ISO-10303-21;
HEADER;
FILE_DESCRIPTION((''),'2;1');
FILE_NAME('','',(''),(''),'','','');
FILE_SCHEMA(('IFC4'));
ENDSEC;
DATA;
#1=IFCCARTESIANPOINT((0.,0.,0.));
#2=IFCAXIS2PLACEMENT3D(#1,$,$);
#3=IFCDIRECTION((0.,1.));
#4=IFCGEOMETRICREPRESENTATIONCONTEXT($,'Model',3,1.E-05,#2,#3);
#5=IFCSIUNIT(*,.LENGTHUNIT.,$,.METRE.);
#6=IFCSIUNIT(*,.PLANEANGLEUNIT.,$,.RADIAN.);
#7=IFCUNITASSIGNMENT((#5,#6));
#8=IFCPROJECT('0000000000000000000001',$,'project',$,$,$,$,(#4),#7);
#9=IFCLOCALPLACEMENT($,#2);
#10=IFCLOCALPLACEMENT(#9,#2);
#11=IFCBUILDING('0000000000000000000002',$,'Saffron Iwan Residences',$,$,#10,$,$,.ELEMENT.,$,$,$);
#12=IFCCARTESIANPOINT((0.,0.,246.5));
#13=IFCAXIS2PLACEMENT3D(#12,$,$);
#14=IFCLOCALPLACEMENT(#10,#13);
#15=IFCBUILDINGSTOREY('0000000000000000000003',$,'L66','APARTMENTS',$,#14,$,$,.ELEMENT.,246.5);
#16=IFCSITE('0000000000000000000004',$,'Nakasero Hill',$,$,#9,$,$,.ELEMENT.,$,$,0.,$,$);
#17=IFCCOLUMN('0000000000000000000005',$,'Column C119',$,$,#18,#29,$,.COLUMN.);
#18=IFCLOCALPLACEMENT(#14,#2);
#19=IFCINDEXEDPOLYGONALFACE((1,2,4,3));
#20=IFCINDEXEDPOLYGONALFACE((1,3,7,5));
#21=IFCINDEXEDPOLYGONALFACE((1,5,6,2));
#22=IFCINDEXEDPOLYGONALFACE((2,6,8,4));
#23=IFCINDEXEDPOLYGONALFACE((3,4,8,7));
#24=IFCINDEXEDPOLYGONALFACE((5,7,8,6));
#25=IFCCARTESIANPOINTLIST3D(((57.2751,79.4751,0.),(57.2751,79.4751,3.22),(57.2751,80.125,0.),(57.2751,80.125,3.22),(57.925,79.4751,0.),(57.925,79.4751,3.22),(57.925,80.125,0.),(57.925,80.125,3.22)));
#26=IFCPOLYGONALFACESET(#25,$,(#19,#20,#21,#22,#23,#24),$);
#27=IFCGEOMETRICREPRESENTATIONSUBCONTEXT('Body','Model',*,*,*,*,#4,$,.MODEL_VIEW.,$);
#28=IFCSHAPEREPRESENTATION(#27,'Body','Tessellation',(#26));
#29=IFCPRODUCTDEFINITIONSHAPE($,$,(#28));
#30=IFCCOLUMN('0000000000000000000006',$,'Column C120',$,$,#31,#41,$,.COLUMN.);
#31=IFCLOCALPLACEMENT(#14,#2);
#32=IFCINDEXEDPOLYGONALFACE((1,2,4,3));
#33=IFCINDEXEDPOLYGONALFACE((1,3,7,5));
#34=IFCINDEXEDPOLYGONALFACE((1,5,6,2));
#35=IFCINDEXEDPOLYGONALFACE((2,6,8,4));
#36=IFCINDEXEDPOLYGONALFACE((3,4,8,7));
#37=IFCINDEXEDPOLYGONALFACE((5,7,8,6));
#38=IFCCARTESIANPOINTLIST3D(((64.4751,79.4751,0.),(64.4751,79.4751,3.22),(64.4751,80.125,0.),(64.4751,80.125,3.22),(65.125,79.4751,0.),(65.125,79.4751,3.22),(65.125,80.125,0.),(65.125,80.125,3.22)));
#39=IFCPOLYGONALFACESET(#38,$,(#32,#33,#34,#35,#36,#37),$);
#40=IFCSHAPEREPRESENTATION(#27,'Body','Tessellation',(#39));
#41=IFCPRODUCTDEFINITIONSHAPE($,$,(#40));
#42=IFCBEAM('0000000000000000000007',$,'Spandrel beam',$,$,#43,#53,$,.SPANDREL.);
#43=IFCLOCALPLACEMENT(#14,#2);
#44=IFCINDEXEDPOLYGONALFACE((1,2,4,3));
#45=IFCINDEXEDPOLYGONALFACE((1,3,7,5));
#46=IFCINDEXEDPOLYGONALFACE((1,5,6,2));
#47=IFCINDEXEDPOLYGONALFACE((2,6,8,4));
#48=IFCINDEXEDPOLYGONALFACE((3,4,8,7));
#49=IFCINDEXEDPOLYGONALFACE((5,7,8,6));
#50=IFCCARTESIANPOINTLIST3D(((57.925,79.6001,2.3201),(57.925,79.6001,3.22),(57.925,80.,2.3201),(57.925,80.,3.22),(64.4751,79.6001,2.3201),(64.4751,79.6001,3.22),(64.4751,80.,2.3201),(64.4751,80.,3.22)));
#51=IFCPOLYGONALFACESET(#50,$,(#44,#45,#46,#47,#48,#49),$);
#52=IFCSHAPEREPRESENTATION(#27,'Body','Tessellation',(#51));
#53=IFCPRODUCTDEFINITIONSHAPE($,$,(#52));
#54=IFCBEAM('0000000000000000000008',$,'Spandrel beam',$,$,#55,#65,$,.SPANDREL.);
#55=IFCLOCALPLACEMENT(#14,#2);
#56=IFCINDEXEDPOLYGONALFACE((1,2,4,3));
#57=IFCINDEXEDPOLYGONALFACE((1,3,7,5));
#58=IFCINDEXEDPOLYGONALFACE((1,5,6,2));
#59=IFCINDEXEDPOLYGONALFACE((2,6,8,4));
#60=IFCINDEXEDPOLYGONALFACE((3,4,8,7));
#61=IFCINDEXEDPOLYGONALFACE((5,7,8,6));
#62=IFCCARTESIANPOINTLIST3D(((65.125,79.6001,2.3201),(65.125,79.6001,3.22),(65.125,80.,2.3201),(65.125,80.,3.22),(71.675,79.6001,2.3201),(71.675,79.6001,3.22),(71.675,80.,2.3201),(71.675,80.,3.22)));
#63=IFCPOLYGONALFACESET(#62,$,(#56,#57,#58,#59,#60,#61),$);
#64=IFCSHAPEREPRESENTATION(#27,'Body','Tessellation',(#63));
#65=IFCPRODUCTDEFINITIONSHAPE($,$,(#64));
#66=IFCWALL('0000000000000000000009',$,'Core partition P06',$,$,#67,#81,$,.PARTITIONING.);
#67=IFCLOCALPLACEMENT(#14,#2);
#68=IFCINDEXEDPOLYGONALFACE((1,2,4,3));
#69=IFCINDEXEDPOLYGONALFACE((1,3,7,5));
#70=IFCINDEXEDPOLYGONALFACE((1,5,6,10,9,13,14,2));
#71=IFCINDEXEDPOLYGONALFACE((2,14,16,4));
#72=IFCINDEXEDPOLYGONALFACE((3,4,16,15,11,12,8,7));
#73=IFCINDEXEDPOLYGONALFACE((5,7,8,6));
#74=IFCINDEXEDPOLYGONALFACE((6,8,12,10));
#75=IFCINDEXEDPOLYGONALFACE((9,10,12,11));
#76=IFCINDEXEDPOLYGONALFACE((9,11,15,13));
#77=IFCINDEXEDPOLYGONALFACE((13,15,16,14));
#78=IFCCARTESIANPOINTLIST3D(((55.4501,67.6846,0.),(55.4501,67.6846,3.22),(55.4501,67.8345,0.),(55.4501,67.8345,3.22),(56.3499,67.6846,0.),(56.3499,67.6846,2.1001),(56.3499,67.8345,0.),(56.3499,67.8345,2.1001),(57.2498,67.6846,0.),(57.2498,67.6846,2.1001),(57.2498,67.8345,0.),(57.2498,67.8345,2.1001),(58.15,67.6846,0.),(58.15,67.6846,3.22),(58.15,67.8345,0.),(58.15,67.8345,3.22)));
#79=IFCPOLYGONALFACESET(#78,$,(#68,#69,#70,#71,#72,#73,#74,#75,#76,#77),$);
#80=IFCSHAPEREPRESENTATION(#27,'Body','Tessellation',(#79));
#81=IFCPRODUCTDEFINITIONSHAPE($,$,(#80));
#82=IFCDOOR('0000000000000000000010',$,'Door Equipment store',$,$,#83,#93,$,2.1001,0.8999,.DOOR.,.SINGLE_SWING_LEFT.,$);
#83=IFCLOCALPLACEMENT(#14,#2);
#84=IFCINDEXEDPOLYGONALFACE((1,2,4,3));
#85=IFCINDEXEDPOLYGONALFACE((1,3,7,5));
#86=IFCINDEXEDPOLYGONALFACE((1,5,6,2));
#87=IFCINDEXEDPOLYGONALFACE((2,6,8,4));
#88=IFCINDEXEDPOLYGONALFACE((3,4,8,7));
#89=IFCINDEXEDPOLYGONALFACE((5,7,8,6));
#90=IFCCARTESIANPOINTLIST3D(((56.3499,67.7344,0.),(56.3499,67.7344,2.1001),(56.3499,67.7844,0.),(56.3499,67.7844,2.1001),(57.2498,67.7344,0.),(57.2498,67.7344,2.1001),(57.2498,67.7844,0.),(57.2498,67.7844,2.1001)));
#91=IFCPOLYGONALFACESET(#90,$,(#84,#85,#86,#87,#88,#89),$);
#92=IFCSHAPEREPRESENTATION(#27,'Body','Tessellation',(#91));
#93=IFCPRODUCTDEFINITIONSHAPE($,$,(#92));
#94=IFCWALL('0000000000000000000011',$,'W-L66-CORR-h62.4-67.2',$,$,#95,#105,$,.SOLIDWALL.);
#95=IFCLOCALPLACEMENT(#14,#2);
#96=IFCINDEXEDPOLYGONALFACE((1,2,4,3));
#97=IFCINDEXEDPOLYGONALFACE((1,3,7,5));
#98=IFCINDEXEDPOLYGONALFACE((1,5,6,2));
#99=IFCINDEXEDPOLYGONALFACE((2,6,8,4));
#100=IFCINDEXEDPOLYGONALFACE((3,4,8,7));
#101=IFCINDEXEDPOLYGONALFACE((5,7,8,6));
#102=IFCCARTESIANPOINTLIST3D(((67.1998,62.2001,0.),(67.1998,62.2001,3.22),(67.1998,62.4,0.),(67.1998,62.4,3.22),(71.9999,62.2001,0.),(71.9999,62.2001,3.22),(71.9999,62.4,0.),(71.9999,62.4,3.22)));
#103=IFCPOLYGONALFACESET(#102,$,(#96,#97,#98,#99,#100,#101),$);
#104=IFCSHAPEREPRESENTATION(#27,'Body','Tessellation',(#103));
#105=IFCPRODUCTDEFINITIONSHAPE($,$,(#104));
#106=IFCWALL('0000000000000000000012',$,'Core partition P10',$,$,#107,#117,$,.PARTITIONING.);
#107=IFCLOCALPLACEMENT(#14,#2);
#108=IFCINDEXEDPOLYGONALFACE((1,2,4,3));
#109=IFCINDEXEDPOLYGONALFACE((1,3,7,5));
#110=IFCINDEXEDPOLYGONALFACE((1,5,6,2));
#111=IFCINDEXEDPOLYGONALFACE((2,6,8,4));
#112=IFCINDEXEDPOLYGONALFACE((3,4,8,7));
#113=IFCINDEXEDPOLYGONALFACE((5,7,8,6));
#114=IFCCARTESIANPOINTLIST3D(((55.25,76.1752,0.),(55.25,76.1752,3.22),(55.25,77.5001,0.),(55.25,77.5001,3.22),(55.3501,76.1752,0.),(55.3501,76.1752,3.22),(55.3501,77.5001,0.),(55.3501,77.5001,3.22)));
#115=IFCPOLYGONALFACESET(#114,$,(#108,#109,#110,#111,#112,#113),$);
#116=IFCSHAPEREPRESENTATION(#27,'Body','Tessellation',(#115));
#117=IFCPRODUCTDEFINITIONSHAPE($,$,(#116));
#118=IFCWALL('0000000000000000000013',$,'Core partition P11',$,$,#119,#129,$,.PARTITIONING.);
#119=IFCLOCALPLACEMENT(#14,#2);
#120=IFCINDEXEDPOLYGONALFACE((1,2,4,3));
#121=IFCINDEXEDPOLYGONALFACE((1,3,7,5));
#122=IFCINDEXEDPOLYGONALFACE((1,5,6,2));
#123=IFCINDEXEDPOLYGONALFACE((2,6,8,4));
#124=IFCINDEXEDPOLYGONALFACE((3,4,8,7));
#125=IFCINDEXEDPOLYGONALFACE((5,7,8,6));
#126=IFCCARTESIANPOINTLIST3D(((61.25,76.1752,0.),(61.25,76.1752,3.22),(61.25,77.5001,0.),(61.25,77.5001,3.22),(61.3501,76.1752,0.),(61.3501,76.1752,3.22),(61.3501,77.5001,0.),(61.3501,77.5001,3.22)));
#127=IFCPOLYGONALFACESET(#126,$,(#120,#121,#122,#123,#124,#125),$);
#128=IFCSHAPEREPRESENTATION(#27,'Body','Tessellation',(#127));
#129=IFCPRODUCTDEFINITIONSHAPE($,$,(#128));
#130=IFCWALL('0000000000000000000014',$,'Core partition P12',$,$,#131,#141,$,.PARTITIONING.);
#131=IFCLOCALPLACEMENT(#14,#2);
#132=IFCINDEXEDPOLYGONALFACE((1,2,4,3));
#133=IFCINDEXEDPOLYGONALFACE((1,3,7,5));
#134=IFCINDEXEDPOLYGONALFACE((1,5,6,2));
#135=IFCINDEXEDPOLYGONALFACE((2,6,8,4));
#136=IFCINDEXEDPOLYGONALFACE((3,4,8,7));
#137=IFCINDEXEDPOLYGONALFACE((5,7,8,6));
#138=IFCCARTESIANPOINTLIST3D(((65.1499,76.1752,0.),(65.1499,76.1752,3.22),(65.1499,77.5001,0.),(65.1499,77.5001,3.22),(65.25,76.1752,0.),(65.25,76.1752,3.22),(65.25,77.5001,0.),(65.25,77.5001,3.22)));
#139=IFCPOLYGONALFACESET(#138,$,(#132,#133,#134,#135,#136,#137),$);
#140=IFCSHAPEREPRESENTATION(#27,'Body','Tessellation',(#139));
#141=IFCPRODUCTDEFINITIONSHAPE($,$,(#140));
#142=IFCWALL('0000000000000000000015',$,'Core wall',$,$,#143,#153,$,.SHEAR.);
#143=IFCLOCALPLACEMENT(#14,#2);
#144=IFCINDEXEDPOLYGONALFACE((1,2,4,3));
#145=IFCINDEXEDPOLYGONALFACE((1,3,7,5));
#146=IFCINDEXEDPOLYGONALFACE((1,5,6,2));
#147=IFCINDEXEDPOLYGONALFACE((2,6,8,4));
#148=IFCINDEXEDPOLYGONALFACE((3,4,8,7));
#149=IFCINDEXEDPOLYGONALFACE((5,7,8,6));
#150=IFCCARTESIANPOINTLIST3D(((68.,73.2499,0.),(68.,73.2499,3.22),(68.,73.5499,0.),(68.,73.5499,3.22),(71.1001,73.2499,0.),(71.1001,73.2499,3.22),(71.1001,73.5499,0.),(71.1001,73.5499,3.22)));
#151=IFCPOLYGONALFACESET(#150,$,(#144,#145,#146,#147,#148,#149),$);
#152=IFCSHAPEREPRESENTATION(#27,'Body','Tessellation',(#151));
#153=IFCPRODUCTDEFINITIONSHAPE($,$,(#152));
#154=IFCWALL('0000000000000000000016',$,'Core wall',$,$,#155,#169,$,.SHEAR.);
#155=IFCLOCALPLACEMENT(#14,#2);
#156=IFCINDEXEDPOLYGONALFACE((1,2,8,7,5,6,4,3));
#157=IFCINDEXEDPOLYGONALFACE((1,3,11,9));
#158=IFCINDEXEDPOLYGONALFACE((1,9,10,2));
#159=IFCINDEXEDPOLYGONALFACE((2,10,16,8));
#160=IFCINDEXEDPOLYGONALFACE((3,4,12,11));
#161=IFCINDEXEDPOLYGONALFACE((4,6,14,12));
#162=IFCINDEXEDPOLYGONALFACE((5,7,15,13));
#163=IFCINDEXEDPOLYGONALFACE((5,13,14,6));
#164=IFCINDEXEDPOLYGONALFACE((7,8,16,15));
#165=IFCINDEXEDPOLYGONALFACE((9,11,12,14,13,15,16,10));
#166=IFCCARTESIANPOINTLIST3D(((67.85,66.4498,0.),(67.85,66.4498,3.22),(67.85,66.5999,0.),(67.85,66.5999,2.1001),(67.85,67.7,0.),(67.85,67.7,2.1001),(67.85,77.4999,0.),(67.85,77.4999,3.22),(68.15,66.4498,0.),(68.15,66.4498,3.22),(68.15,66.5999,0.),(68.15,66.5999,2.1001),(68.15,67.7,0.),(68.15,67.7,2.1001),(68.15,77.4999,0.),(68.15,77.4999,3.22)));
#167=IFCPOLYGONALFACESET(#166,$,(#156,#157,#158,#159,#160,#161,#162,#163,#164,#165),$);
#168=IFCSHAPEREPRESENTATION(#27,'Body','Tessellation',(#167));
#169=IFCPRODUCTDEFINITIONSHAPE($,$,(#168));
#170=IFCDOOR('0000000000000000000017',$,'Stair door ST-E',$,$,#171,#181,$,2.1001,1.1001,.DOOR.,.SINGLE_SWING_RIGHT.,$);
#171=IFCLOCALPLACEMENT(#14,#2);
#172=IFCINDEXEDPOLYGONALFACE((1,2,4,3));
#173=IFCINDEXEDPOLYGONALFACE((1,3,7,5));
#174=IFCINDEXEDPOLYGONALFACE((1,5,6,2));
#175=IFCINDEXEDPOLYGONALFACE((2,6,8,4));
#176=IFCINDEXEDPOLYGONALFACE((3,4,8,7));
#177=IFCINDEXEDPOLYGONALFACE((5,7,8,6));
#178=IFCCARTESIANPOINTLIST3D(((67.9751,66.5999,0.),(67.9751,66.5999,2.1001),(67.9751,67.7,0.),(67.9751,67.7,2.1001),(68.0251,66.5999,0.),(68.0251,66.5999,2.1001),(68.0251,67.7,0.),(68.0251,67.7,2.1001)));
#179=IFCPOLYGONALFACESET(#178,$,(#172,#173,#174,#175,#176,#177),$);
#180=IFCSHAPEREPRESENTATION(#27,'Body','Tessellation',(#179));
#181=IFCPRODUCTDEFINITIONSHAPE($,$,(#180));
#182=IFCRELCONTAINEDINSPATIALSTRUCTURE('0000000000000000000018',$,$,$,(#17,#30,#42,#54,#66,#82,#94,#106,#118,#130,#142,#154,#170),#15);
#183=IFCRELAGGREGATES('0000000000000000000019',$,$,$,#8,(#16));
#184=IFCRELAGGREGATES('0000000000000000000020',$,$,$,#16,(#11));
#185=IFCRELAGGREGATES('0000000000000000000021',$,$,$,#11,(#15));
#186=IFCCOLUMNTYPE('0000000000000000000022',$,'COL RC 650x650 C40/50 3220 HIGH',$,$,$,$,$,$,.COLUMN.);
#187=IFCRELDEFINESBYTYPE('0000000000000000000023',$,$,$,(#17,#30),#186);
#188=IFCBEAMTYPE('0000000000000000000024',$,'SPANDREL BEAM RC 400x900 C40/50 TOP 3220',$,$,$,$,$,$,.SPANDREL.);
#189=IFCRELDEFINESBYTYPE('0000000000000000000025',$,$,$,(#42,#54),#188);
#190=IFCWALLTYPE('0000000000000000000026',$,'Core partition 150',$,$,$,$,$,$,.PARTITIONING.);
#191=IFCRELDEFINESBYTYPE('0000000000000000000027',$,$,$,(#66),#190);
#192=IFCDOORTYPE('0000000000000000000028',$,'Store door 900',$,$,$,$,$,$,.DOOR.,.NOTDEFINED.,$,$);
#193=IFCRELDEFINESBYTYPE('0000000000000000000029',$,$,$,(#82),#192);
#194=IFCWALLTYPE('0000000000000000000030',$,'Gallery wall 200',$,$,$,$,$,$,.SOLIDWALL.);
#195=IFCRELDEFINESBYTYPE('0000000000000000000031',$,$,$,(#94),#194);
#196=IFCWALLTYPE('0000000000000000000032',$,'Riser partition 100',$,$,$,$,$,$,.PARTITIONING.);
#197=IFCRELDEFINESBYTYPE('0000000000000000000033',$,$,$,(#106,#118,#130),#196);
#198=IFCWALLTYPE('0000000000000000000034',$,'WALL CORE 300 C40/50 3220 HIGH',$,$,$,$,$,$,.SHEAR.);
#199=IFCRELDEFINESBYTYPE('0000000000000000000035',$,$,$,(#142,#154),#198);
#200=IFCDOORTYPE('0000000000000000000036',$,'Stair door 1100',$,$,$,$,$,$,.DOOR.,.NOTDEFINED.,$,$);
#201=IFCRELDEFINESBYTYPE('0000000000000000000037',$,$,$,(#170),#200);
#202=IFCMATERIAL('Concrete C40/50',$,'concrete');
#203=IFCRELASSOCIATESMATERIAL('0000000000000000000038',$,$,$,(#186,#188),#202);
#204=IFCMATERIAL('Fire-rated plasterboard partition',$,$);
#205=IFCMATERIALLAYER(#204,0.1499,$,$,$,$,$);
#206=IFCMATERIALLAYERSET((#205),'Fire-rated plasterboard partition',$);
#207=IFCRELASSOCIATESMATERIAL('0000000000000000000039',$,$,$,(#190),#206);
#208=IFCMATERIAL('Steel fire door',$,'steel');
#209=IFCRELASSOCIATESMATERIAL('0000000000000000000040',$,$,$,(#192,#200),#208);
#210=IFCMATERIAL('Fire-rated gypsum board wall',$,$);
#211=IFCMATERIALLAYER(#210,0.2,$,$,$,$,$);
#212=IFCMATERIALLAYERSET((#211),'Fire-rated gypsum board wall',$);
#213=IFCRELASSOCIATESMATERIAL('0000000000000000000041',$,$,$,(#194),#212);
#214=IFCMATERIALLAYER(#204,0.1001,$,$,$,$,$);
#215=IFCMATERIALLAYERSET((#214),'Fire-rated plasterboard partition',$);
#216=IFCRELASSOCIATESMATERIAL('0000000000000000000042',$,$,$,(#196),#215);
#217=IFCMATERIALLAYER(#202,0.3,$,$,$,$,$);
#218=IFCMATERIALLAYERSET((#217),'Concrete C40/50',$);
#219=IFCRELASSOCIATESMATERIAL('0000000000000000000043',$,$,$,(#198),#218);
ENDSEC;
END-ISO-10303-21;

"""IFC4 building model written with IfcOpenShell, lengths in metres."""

from ifc_helpers import new_model, si_unit, direction, frame, frame_2d, origin, origin_2d, place, context, subcontext, project, spatial, rectangle, extrude, source, transform, mapped, material, layer, layer_set, material_profile, profile_set, type_object, element, fill, save


model = new_model("IFC4")

# Units and contexts
model_context = context("Model", 3, precision=1e-05, world=origin(), true_north=direction((0.0, 1.0)))
body_context = subcontext(model_context, "Body", "Model", "MODEL_VIEW")
ifc_project = project(units=[si_unit("LENGTHUNIT", "METRE"), si_unit("PLANEANGLEUNIT", "RADIAN")], contexts=[model_context])

# Site, building, storey
site_placement = place(None, origin())
site = spatial("IfcSite", under=ifc_project, at=site_placement, Name="Nakasero Hill", CompositionType="ELEMENT", RefElevation=0.0)
building_placement = place(site_placement, origin())
building = spatial("IfcBuilding", under=site, at=building_placement, Name="Saffron Iwan Residences", CompositionType="ELEMENT")
storey_placement = place(building_placement, frame((0.0, 0.0, 246.5)))
storey = spatial("IfcBuildingStorey", under=building, at=storey_placement, Name="L66", Description="APARTMENTS", CompositionType="ELEMENT", Elevation=246.5)

# Columns
ifc_material_1 = material(Name="Concrete C40/50", Category="concrete")
ifc_material_profile_1 = material_profile(ifc_material_1, rectangle(XDim=0.6499, YDim=0.6499, at=origin_2d()), Name="RC 650x650")
ifc_profile_set_1 = profile_set([ifc_material_profile_1], Name="Concrete C40/50")
column_type = type_object("IfcColumnType", Name="COL RC 650x650 C40/50 3220 HIGH", PredefinedType="COLUMN", material=ifc_profile_set_1)
shared_shape_1 = source(origin(), body_context, "Body", "SweptSolid", [
    extrude(rectangle(XDim=0.6499, YDim=0.6499, at=origin_2d()), origin(), (0.0, 0.0, 1.0), 3.22),
])
for number, where, z_axis, x_axis, name in (
    (1, (57.6001, 79.8, 0.0), (0.0, 0.0, 1.0), (1.0, 0.0, 0.0), "Column C119"),
    (2, (64.8, 79.8, 0.0), (0.0, 0.0, 1.0), (1.0, 0.0, 0.0), "Column C120"),
):
    element("IfcColumn", number, at=place(storey_placement, frame(where, z_axis=z_axis, x_axis=x_axis)), inside=storey, type_object=column_type, Name=name, PredefinedType="COLUMN", context=body_context, shape_type="MappedRepresentation", body=[
        mapped(shared_shape_1, transform((0.0, 0.0, 0.0))),
    ])

# Beams
ifc_material_profile_2 = material_profile(ifc_material_1, rectangle(XDim=0.3999, YDim=0.8999, at=origin_2d()), Name="RC 400x900")
ifc_profile_set_2 = profile_set([ifc_material_profile_2], Name="Concrete C40/50")
beam_type = type_object("IfcBeamType", Name="SPANDREL BEAM RC 400x900 C40/50 TOP 3220", PredefinedType="SPANDREL", material=ifc_profile_set_2)
shared_shape_2 = source(origin(), body_context, "Body", "SweptSolid", [
    extrude(rectangle(XDim=0.3999, YDim=0.8999, at=origin_2d()), origin(), (0.0, 0.0, 1.0), 6.55),
])
for number, where, z_axis, x_axis, name in (
    (3, (57.925, 79.8, 2.77), (1.0, 0.0, 0.0), (0.0, 1.0, 0.0), "Spandrel beam"),
    (4, (65.125, 79.8, 2.77), (1.0, 0.0, 0.0), (0.0, 1.0, 0.0), "Spandrel beam"),
):
    element("IfcBeam", number, at=place(storey_placement, frame(where, z_axis=z_axis, x_axis=x_axis)), inside=storey, type_object=beam_type, Name=name, PredefinedType="SPANDREL", context=body_context, shape_type="MappedRepresentation", body=[
        mapped(shared_shape_2, transform((0.0, 0.0, 0.0))),
    ])

# Wall, opening, door
ifc_material_2 = material(Name="Fire-rated plasterboard partition")
ifc_layer_1 = layer(ifc_material_2, 0.1499)
ifc_layer_set_1 = layer_set([ifc_layer_1], Name="Fire-rated plasterboard partition")
wall_type_1 = type_object("IfcWallType", Name="Core partition 150", PredefinedType="PARTITIONING", material=ifc_layer_set_1)
wall_1_placement = place(storey_placement, frame((55.45, 67.7595, 0.0), z_axis=(0.0, 0.0, 1.0), x_axis=(1.0, 0.0, 0.0)))
wall_1 = element("IfcWall", 5, at=wall_1_placement, inside=storey, type_object=wall_type_1, Name="Core partition P06", PredefinedType="PARTITIONING", context=body_context, shape_type="SweptSolid", body=[
    extrude(rectangle(XDim=2.7, YDim=0.1499, at=frame_2d((1.3501, 0.0))), origin(), (0.0, 0.0, 1.0), 3.22),
])
opening_1_placement = place(wall_1_placement, frame((0.8999, 0.0, 0.0)))
opening_1 = element("IfcOpeningElement", 6, at=opening_1_placement, cuts=wall_1, PredefinedType="OPENING", context=body_context, shape_type="SweptSolid", body=[
    extrude(rectangle(XDim=0.8999, YDim=2.1001, at=frame_2d((0.45, 1.05))), frame((0.0, 0.085, 0.0), z_axis=(0.0, -1.0, 0.0), x_axis=(1.0, 0.0, 0.0)), (0.0, 0.0, 1.0), 0.1699),
])
ifc_material_3 = material(Name="Steel fire door", Category="steel")
door_type_1 = type_object("IfcDoorType", Name="Store door 900", OperationType="NOTDEFINED", PredefinedType="DOOR", material=ifc_material_3)
door_1_placement = place(opening_1_placement, origin())
door_1 = element("IfcDoor", 7, at=door_1_placement, inside=storey, type_object=door_type_1, Name="Door Equipment store", OperationType="SINGLE_SWING_LEFT", OverallHeight=2.1001, OverallWidth=0.8999, PredefinedType="DOOR", context=body_context, shape_type="SweptSolid", body=[
    extrude(rectangle(XDim=0.8999, YDim=2.1001, at=frame_2d((0.45, 1.05))), frame((0.0, 0.0249, 0.0), z_axis=(0.0, -1.0, 0.0), x_axis=(1.0, 0.0, 0.0)), (0.0, 0.0, 1.0), 0.05),
])
fill(opening_1, door_1)

# Walls
ifc_material_4 = material(Name="Fire-rated gypsum board wall")
ifc_layer_2 = layer(ifc_material_4, 0.2)
ifc_layer_set_2 = layer_set([ifc_layer_2], Name="Fire-rated gypsum board wall")
wall_type_2 = type_object("IfcWallType", Name="Gallery wall 200", PredefinedType="SOLIDWALL", material=ifc_layer_set_2)
wall_2_placement = place(storey_placement, frame((67.2, 62.3, 0.0), z_axis=(0.0, 0.0, 1.0), x_axis=(1.0, 0.0, 0.0)))
element("IfcWall", 8, at=wall_2_placement, inside=storey, type_object=wall_type_2, Name="W-L66-CORR-h62.4-67.2", PredefinedType="SOLIDWALL", context=body_context, shape_type="SweptSolid", body=[
    extrude(rectangle(XDim=4.8, YDim=0.2, at=frame_2d((2.3999, 0.0))), origin(), (0.0, 0.0, 1.0), 3.22),
])
ifc_layer_3 = layer(ifc_material_2, 0.1001)
ifc_layer_set_3 = layer_set([ifc_layer_3], Name="Fire-rated plasterboard partition")
wall_type_3 = type_object("IfcWallType", Name="Riser partition 100", PredefinedType="PARTITIONING", material=ifc_layer_set_3)
for number, where, z_axis, x_axis, name in (
    (9, (55.3, 76.175, 0.0), (0.0, 0.0, 1.0), (0.0, 1.0, 0.0), "Core partition P10"),
    (10, (61.3, 76.175, 0.0), (0.0, 0.0, 1.0), (0.0, 1.0, 0.0), "Core partition P11"),
    (11, (65.2, 76.175, 0.0), (0.0, 0.0, 1.0), (0.0, 1.0, 0.0), "Core partition P12"),
):
    element("IfcWall", number, at=place(storey_placement, frame(where, z_axis=z_axis, x_axis=x_axis)), inside=storey, type_object=wall_type_3, Name=name, PredefinedType="PARTITIONING", context=body_context, shape_type="SweptSolid", body=[
        extrude(rectangle(XDim=1.325, YDim=0.1001, at=frame_2d((0.6626, 0.0))), origin(), (0.0, 0.0, 1.0), 3.22),
    ])
ifc_layer_4 = layer(ifc_material_1, 0.3)
ifc_layer_set_4 = layer_set([ifc_layer_4], Name="Concrete C40/50")
wall_type_4 = type_object("IfcWallType", Name="WALL CORE 300 C40/50 3220 HIGH", PredefinedType="SHEAR", material=ifc_layer_set_4)
wall_3_placement = place(storey_placement, frame((68.0, 73.3999, 0.0), z_axis=(0.0, 0.0, 1.0), x_axis=(1.0, 0.0, 0.0)))
element("IfcWall", 12, at=wall_3_placement, inside=storey, type_object=wall_type_4, Name="Core wall", PredefinedType="SHEAR", context=body_context, shape_type="SweptSolid", body=[
    extrude(rectangle(XDim=3.1001, YDim=0.3, at=frame_2d((1.55, 0.0))), origin(), (0.0, 0.0, 1.0), 3.22),
])

# Wall, opening, door
wall_4_placement = place(storey_placement, frame((68.0, 66.45, 0.0), z_axis=(0.0, 0.0, 1.0), x_axis=(0.0, 1.0, 0.0)))
wall_4 = element("IfcWall", 13, at=wall_4_placement, inside=storey, type_object=wall_type_4, Name="Core wall", PredefinedType="SHEAR", context=body_context, shape_type="SweptSolid", body=[
    extrude(rectangle(XDim=11.05, YDim=0.3, at=frame_2d((5.5249, 0.0))), origin(), (0.0, 0.0, 1.0), 3.22),
])
opening_2_placement = place(wall_4_placement, frame((0.1499, 0.0, 0.0)))
opening_2 = element("IfcOpeningElement", 14, at=opening_2_placement, cuts=wall_4, PredefinedType="OPENING", context=body_context, shape_type="SweptSolid", body=[
    extrude(rectangle(XDim=1.1001, YDim=2.1001, at=frame_2d((0.55, 1.05))), frame((0.0, 0.1602, 0.0), z_axis=(0.0, -1.0, 0.0), x_axis=(1.0, 0.0, 0.0)), (0.0, 0.0, 1.0), 0.3201),
])
door_type_2 = type_object("IfcDoorType", Name="Stair door 1100", OperationType="NOTDEFINED", PredefinedType="DOOR", material=ifc_material_3)
door_2_placement = place(opening_2_placement, origin())
door_2 = element("IfcDoor", 15, at=door_2_placement, inside=storey, type_object=door_type_2, Name="Stair door ST-E", OperationType="SINGLE_SWING_RIGHT", OverallHeight=2.1001, OverallWidth=1.1001, PredefinedType="DOOR", context=body_context, shape_type="SweptSolid", body=[
    extrude(rectangle(XDim=1.1001, YDim=2.1001, at=frame_2d((0.55, 1.05))), frame((0.0, 0.0249, 0.0), z_axis=(0.0, -1.0, 0.0), x_axis=(1.0, 0.0, 0.0)), (0.0, 0.0, 1.0), 0.05),
])
fill(opening_2, door_2)

save(model, "model.ifc")
